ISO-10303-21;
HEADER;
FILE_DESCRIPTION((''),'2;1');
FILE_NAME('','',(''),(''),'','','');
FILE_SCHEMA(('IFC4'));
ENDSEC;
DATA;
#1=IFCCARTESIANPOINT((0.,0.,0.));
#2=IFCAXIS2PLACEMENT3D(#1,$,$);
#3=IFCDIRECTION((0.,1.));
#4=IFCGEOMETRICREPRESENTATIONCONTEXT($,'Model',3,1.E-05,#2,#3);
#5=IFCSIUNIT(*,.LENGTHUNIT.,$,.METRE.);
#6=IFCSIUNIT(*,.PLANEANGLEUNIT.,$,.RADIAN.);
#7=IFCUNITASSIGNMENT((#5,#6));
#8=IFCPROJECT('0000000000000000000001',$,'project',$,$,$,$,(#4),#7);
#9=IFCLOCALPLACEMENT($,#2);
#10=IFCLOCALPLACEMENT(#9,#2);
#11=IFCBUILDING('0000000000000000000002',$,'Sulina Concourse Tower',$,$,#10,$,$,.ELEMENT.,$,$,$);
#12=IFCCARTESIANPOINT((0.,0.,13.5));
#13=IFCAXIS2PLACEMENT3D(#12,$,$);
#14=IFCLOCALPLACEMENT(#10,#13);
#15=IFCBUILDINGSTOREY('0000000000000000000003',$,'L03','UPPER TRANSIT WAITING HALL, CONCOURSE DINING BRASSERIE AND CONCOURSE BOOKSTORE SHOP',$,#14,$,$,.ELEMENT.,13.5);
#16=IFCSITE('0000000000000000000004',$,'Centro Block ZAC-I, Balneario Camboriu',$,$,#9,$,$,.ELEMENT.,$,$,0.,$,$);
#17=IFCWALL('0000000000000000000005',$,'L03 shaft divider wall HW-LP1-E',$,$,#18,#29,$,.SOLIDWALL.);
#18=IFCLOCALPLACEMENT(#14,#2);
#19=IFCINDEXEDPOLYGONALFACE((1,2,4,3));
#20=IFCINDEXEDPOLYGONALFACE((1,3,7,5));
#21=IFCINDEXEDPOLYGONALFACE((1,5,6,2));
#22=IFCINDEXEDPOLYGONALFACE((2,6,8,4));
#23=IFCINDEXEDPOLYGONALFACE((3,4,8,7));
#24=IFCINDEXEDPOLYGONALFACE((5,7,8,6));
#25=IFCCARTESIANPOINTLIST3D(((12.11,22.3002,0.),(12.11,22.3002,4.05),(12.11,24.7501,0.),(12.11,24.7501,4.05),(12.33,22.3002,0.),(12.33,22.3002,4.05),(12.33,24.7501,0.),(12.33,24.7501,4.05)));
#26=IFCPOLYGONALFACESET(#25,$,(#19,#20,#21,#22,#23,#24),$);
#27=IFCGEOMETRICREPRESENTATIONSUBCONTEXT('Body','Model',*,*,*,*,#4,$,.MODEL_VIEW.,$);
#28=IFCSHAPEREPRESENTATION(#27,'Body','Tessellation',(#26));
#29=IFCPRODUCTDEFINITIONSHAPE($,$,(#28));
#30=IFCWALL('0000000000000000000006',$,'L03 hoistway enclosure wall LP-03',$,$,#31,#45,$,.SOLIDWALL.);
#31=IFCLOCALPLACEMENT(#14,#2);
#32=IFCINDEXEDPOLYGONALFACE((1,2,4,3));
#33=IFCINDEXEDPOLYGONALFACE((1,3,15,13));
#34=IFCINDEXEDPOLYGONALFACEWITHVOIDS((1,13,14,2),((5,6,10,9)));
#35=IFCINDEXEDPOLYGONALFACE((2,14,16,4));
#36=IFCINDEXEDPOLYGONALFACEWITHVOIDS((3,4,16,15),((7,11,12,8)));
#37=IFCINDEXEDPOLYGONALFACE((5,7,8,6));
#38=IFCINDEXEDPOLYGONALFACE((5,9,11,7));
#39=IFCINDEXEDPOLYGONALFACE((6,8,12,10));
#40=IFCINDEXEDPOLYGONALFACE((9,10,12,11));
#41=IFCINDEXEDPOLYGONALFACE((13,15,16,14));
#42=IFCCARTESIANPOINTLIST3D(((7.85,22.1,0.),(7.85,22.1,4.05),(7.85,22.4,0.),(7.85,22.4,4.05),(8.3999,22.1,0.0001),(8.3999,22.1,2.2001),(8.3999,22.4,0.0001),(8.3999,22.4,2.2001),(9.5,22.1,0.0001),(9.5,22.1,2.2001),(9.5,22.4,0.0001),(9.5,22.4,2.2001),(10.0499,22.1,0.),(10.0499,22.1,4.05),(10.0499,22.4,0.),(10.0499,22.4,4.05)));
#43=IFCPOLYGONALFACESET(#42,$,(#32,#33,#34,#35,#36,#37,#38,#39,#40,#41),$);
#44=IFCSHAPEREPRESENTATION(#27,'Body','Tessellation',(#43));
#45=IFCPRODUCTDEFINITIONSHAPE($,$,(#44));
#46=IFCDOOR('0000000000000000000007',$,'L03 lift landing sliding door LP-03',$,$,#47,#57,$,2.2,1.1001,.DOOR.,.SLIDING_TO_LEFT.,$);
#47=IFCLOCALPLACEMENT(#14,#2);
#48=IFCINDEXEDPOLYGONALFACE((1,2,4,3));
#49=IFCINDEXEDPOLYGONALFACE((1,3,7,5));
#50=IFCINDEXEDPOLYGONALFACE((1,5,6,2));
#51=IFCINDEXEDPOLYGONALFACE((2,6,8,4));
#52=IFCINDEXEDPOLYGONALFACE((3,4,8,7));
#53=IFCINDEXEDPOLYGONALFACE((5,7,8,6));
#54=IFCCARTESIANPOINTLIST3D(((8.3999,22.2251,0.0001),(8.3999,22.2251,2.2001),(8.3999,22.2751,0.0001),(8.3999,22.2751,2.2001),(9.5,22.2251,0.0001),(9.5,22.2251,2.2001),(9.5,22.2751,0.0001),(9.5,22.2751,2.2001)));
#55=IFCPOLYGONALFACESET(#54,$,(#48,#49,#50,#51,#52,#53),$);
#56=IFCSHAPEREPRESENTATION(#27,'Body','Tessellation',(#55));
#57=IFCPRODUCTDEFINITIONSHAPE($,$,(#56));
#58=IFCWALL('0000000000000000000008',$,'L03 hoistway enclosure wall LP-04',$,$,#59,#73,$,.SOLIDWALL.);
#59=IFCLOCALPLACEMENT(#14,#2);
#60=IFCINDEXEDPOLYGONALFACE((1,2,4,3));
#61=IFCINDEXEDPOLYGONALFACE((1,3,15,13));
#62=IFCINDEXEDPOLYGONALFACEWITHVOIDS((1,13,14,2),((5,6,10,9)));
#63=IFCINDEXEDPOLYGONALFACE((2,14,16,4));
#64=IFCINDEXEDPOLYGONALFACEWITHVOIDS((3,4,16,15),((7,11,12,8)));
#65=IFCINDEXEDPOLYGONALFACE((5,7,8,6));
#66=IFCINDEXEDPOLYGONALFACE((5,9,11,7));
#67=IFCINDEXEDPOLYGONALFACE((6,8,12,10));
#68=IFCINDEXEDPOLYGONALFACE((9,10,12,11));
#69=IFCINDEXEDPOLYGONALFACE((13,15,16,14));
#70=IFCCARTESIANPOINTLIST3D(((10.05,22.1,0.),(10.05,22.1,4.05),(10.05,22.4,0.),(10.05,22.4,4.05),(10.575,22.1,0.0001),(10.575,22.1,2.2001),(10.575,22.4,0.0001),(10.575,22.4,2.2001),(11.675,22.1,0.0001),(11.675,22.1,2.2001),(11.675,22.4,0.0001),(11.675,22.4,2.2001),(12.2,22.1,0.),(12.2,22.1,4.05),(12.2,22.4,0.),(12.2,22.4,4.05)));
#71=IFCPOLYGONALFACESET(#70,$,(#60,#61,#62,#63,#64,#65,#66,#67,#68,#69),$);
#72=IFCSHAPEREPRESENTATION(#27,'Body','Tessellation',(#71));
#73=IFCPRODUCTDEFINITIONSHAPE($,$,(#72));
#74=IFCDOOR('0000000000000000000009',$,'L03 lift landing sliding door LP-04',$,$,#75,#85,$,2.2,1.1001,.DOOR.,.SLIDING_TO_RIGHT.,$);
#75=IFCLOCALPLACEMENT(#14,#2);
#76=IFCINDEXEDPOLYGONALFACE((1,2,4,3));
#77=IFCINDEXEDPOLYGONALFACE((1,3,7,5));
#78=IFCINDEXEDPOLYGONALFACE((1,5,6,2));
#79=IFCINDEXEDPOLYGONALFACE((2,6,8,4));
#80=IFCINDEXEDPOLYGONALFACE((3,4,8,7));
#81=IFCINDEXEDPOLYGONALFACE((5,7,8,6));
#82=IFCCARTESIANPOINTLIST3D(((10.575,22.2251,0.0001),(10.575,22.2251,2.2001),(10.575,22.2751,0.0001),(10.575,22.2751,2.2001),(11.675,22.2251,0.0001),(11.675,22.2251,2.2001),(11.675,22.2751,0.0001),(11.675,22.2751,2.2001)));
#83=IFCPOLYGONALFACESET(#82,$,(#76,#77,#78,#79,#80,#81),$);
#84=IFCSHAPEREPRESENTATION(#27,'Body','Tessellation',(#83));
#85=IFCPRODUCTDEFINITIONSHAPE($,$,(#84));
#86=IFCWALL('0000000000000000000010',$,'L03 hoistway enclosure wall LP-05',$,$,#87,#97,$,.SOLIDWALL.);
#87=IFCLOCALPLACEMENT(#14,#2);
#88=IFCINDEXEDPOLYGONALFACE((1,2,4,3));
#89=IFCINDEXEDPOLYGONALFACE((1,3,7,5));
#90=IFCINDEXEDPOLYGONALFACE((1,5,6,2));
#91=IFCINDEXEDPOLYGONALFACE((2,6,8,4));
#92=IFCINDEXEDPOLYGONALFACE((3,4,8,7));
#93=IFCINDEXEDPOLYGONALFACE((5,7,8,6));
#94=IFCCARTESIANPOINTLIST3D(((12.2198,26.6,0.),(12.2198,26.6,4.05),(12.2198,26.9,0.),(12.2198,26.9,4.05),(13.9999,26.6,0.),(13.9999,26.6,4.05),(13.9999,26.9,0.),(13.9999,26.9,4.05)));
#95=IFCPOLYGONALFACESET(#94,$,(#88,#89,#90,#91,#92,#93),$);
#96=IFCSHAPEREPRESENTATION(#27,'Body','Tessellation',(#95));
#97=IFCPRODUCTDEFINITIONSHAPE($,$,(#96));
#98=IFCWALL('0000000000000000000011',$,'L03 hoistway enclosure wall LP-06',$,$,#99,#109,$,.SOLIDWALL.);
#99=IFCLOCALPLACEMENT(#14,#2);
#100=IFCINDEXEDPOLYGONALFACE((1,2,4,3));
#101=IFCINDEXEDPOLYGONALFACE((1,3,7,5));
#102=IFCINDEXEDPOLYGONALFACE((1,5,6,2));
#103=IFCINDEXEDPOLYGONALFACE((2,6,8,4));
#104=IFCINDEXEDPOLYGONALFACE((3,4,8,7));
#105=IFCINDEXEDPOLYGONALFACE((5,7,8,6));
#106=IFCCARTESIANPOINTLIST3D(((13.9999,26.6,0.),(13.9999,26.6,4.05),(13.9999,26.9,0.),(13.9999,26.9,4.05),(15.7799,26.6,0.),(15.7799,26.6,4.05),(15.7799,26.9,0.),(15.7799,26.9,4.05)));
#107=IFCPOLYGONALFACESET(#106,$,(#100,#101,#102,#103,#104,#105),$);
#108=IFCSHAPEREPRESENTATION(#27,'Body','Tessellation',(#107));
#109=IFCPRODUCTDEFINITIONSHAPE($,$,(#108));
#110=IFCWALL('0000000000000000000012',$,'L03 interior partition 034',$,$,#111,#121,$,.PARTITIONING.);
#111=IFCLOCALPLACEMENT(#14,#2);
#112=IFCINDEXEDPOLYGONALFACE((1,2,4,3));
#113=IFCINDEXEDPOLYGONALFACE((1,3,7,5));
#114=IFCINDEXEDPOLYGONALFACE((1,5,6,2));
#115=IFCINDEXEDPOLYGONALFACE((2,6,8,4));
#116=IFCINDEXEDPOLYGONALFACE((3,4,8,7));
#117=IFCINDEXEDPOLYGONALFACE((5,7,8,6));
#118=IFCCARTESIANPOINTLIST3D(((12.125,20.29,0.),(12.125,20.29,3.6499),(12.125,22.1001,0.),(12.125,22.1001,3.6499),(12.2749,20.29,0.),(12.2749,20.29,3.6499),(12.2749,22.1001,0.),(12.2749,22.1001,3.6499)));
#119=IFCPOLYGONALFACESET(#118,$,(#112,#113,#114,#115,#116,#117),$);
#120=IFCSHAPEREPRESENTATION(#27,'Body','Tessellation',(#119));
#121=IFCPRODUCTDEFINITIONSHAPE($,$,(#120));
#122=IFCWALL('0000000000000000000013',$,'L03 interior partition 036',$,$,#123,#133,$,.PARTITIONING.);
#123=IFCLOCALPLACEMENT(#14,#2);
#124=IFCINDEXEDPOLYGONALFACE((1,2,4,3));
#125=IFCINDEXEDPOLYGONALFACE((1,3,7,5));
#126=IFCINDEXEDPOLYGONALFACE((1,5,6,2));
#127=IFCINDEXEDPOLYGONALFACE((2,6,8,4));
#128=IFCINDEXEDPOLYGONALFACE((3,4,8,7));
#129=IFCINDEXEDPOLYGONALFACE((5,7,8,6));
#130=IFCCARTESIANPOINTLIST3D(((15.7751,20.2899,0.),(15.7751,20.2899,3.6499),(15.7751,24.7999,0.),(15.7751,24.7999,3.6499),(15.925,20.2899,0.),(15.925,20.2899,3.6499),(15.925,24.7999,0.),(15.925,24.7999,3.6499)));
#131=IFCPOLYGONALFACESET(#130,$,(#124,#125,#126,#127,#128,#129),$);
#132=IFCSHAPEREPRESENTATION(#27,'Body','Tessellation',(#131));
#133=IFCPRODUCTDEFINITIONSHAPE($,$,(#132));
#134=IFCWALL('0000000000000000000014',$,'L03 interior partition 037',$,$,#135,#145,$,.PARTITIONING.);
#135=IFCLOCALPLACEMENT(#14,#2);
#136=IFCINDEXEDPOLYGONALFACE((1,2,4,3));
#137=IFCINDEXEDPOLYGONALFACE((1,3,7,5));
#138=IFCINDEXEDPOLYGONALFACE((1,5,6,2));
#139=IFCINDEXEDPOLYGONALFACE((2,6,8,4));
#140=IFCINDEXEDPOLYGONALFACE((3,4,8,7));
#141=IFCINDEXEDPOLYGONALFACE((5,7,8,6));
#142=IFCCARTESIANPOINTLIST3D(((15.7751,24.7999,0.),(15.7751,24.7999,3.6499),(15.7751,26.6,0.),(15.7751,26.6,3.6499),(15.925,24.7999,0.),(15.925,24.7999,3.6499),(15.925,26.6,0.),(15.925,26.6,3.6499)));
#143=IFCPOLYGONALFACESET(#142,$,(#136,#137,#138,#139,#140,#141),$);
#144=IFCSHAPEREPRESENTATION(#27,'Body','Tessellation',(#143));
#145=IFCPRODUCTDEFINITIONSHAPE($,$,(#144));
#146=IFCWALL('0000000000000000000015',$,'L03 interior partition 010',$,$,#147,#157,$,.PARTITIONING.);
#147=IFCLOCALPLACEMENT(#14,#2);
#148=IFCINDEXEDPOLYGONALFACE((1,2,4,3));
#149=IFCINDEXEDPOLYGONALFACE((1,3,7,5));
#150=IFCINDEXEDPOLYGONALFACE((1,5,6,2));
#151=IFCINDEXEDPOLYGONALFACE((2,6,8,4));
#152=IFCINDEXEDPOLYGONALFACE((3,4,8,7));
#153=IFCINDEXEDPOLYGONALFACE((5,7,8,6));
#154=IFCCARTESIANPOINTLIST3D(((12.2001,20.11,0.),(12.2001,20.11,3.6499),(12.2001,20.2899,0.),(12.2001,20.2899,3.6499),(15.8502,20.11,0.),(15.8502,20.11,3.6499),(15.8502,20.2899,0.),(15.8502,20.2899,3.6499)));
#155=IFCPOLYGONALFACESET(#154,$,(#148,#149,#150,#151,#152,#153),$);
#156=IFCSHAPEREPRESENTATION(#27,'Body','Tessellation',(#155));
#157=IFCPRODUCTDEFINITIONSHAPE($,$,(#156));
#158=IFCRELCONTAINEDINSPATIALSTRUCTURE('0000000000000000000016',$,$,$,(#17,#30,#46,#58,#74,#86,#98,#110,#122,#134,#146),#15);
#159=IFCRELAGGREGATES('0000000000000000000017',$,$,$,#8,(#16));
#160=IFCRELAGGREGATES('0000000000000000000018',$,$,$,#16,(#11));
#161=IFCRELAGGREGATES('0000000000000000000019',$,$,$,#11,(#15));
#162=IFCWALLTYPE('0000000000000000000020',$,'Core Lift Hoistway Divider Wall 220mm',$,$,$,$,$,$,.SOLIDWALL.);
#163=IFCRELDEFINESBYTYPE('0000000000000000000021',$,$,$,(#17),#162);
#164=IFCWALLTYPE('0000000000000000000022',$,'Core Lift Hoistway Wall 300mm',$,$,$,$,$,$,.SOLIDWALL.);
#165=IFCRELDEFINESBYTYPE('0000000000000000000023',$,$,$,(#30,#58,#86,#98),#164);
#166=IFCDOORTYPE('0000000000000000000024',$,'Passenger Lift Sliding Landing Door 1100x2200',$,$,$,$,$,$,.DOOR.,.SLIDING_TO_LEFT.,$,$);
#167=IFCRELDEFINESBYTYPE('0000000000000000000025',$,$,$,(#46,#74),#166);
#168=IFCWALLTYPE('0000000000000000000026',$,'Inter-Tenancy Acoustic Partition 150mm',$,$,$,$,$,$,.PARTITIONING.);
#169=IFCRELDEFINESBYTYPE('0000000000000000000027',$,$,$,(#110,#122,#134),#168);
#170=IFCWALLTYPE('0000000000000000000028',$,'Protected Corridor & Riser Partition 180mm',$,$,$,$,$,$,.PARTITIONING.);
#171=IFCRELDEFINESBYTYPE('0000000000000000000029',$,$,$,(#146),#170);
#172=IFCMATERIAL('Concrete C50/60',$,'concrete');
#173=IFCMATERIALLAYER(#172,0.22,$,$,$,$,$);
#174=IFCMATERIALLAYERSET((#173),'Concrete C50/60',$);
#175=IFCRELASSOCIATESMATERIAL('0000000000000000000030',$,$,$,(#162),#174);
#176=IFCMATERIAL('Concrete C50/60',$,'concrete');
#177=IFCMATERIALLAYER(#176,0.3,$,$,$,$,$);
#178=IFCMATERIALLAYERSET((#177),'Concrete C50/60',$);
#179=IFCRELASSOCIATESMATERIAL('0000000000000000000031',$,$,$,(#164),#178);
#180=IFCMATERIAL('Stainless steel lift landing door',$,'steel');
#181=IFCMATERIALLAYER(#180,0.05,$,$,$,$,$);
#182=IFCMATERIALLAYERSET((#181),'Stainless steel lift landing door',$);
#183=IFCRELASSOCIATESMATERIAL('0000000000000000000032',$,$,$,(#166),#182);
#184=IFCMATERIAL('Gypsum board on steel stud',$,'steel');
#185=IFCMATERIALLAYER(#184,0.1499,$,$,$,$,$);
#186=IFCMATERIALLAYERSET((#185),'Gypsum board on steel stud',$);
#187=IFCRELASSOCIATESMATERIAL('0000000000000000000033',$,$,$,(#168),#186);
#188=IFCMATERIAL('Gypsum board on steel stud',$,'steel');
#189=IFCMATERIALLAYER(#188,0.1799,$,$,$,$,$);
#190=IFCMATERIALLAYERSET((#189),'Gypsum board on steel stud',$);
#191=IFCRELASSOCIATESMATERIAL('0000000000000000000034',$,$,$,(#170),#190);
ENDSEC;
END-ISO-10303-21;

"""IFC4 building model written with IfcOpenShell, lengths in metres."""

from ifc_helpers import new_model, si_unit, direction, frame, frame_2d, origin, place, context, subcontext, project, spatial, rectangle, extrude, material, layer, layer_set, type_object, element, fill, save


model = new_model("IFC4")

# Units and contexts
model_context = context("Model", 3, precision=1e-05, world=origin(), true_north=direction((0.0, 1.0)))
body_context = subcontext(model_context, "Body", "Model", "MODEL_VIEW")
ifc_project = project(units=[si_unit("LENGTHUNIT", "METRE"), si_unit("PLANEANGLEUNIT", "RADIAN")], contexts=[model_context])

# Site, building, storey
site_placement = place(None, origin())
site = spatial("IfcSite", under=ifc_project, at=site_placement, Name="Centro Block ZAC-I, Balneario Camboriu", CompositionType="ELEMENT", RefElevation=0.0)
building_placement = place(site_placement, origin())
building = spatial("IfcBuilding", under=site, at=building_placement, Name="Sulina Concourse Tower", CompositionType="ELEMENT")
storey_placement = place(building_placement, frame((0.0, 0.0, 13.5)))
storey = spatial("IfcBuildingStorey", under=building, at=storey_placement, Name="L03", Description="UPPER TRANSIT WAITING HALL, CONCOURSE DINING BRASSERIE AND CONCOURSE BOOKSTORE SHOP", CompositionType="ELEMENT", Elevation=13.5)

# Wall
ifc_material_1 = material(Name="Concrete C50/60", Category="concrete")
ifc_layer_1 = layer(ifc_material_1, 0.22)
ifc_layer_set_1 = layer_set([ifc_layer_1], Name="Concrete C50/60")
wall_type_1 = type_object("IfcWallType", Name="Core Lift Hoistway Divider Wall 220mm", PredefinedType="SOLIDWALL", material=ifc_layer_set_1)
wall_1_placement = place(storey_placement, frame((12.22, 22.3, 0.0), z_axis=(0.0, 0.0, 1.0), x_axis=(0.0, 1.0, 0.0)))
element("IfcWall", 1, at=wall_1_placement, inside=storey, type_object=wall_type_1, Name="L03 shaft divider wall HW-LP1-E", PredefinedType="SOLIDWALL", context=body_context, shape_type="SweptSolid", body=[
    extrude(rectangle(XDim=2.45, YDim=0.22, at=frame_2d((1.2251, 0.0))), origin(), (0.0, 0.0, 1.0), 4.05),
])

# Walls, openings, doors
ifc_material_2 = material(Name="Concrete C50/60", Category="concrete")
ifc_layer_2 = layer(ifc_material_2, 0.3)
ifc_layer_set_2 = layer_set([ifc_layer_2], Name="Concrete C50/60")
wall_type_2 = type_object("IfcWallType", Name="Core Lift Hoistway Wall 300mm", PredefinedType="SOLIDWALL", material=ifc_layer_set_2)
wall_2_placement = place(storey_placement, frame((10.05, 22.25, 0.0), z_axis=(0.0, 0.0, 1.0), x_axis=(-1.0, 0.0, 0.0)))
wall_2 = element("IfcWall", 2, at=wall_2_placement, inside=storey, type_object=wall_type_2, Name="L03 hoistway enclosure wall LP-03", PredefinedType="SOLIDWALL", context=body_context, shape_type="SweptSolid", body=[
    extrude(rectangle(XDim=2.2, YDim=0.3, at=frame_2d((1.1001, 0.0))), origin(), (0.0, 0.0, 1.0), 4.05),
])
opening_1_placement = place(wall_2_placement, frame((0.55, 0.0, 0.0)))
opening_1 = element("IfcOpeningElement", 3, at=opening_1_placement, cuts=wall_2, PredefinedType="OPENING", context=body_context, shape_type="SweptSolid", body=[
    extrude(rectangle(XDim=1.1001, YDim=2.2, at=frame_2d((0.55, 1.1001))), frame((0.0, 0.1599, 0.0), z_axis=(0.0, -1.0, 0.0), x_axis=(1.0, 0.0, 0.0)), (0.0, 0.0, 1.0), 0.3201),
])
ifc_material_3 = material(Name="Stainless steel lift landing door", Category="steel")
ifc_layer_3 = layer(ifc_material_3, 0.05)
ifc_layer_set_3 = layer_set([ifc_layer_3], Name="Stainless steel lift landing door")
door_type_1 = type_object("IfcDoorType", Name="Passenger Lift Sliding Landing Door 1100x2200", OperationType="SLIDING_TO_LEFT", PredefinedType="DOOR", material=ifc_layer_set_3)
door_1_placement = place(opening_1_placement, origin())
door_1 = element("IfcDoor", 4, at=door_1_placement, inside=storey, type_object=door_type_1, Name="L03 lift landing sliding door LP-03", OperationType="SLIDING_TO_LEFT", OverallHeight=2.2, OverallWidth=1.1001, PredefinedType="DOOR", context=body_context, shape_type="SweptSolid", body=[
    extrude(rectangle(XDim=1.1001, YDim=2.2, at=frame_2d((0.55, 1.1001))), frame((0.0, 0.0249, 0.0), z_axis=(0.0, -1.0, 0.0), x_axis=(1.0, 0.0, 0.0)), (0.0, 0.0, 1.0), 0.05),
])
fill(opening_1, door_1)
wall_3_placement = place(storey_placement, frame((12.2, 22.25, 0.0), z_axis=(0.0, 0.0, 1.0), x_axis=(-1.0, 0.0, 0.0)))
wall_3 = element("IfcWall", 5, at=wall_3_placement, inside=storey, type_object=wall_type_2, Name="L03 hoistway enclosure wall LP-04", PredefinedType="SOLIDWALL", context=body_context, shape_type="SweptSolid", body=[
    extrude(rectangle(XDim=2.1499, YDim=0.3, at=frame_2d((1.075, 0.0))), origin(), (0.0, 0.0, 1.0), 4.05),
])
opening_2_placement = place(wall_3_placement, frame((0.5249, 0.0, 0.0)))
opening_2 = element("IfcOpeningElement", 6, at=opening_2_placement, cuts=wall_3, PredefinedType="OPENING", context=body_context, shape_type="SweptSolid", body=[
    extrude(rectangle(XDim=1.1001, YDim=2.2, at=frame_2d((0.55, 1.1001))), frame((0.0, 0.1599, 0.0), z_axis=(0.0, -1.0, 0.0), x_axis=(1.0, 0.0, 0.0)), (0.0, 0.0, 1.0), 0.3201),
])
door_2_placement = place(opening_2_placement, origin())
door_2 = element("IfcDoor", 7, at=door_2_placement, inside=storey, type_object=door_type_1, Name="L03 lift landing sliding door LP-04", OperationType="SLIDING_TO_RIGHT", OverallHeight=2.2, OverallWidth=1.1001, PredefinedType="DOOR", context=body_context, shape_type="SweptSolid", body=[
    extrude(rectangle(XDim=1.1001, YDim=2.2, at=frame_2d((0.55, 1.1001))), frame((0.0, 0.0249, 0.0), z_axis=(0.0, -1.0, 0.0), x_axis=(1.0, 0.0, 0.0)), (0.0, 0.0, 1.0), 0.05),
])
fill(opening_2, door_2)

# Walls
for number, where, z_axis, x_axis, name in (
    (8, (14.0, 26.75, 0.0), (0.0, 0.0, 1.0), (-1.0, 0.0, 0.0), "L03 hoistway enclosure wall LP-05"),
    (9, (15.78, 26.75, 0.0), (0.0, 0.0, 1.0), (-1.0, 0.0, 0.0), "L03 hoistway enclosure wall LP-06"),
):
    element("IfcWall", number, at=place(storey_placement, frame(where, z_axis=z_axis, x_axis=x_axis)), inside=storey, type_object=wall_type_2, Name=name, PredefinedType="SOLIDWALL", context=body_context, shape_type="SweptSolid", body=[
        extrude(rectangle(XDim=1.78, YDim=0.3, at=frame_2d((0.8901, 0.0))), origin(), (0.0, 0.0, 1.0), 4.05),
    ])
ifc_material_4 = material(Name="Gypsum board on steel stud", Category="steel")
ifc_layer_4 = layer(ifc_material_4, 0.1499)
ifc_layer_set_4 = layer_set([ifc_layer_4], Name="Gypsum board on steel stud")
wall_type_3 = type_object("IfcWallType", Name="Inter-Tenancy Acoustic Partition 150mm", PredefinedType="PARTITIONING", material=ifc_layer_set_4)
wall_4_placement = place(storey_placement, frame((12.2, 20.29, 0.0), z_axis=(0.0, 0.0, 1.0), x_axis=(0.0, 1.0, 0.0)))
element("IfcWall", 10, at=wall_4_placement, inside=storey, type_object=wall_type_3, Name="L03 interior partition 034", PredefinedType="PARTITIONING", context=body_context, shape_type="SweptSolid", body=[
    extrude(rectangle(XDim=1.8101, YDim=0.1499, at=frame_2d((0.905, 0.0))), origin(), (0.0, 0.0, 1.0), 3.6499),
])
wall_5_placement = place(storey_placement, frame((15.8501, 20.29, 0.0), z_axis=(0.0, 0.0, 1.0), x_axis=(0.0, 1.0, 0.0)))
element("IfcWall", 11, at=wall_5_placement, inside=storey, type_object=wall_type_3, Name="L03 interior partition 036", PredefinedType="PARTITIONING", context=body_context, shape_type="SweptSolid", body=[
    extrude(rectangle(XDim=4.51, YDim=0.1499, at=frame_2d((2.2549, 0.0))), origin(), (0.0, 0.0, 1.0), 3.6499),
])
wall_6_placement = place(storey_placement, frame((15.8501, 24.8, 0.0), z_axis=(0.0, 0.0, 1.0), x_axis=(0.0, 1.0, 0.0)))
element("IfcWall", 12, at=wall_6_placement, inside=storey, type_object=wall_type_3, Name="L03 interior partition 037", PredefinedType="PARTITIONING", context=body_context, shape_type="SweptSolid", body=[
    extrude(rectangle(XDim=1.8, YDim=0.1499, at=frame_2d((0.8999, 0.0))), origin(), (0.0, 0.0, 1.0), 3.6499),
])
ifc_material_5 = material(Name="Gypsum board on steel stud", Category="steel")
ifc_layer_5 = layer(ifc_material_5, 0.1799)
ifc_layer_set_5 = layer_set([ifc_layer_5], Name="Gypsum board on steel stud")
wall_type_4 = type_object("IfcWallType", Name="Protected Corridor & Riser Partition 180mm", PredefinedType="PARTITIONING", material=ifc_layer_set_5)
wall_7_placement = place(storey_placement, frame((12.2, 20.2, 0.0), z_axis=(0.0, 0.0, 1.0), x_axis=(1.0, 0.0, 0.0)))
element("IfcWall", 13, at=wall_7_placement, inside=storey, type_object=wall_type_4, Name="L03 interior partition 010", PredefinedType="PARTITIONING", context=body_context, shape_type="SweptSolid", body=[
    extrude(rectangle(XDim=3.6501, YDim=0.1799, at=frame_2d((1.8252, 0.0))), origin(), (0.0, 0.0, 1.0), 3.6499),
])

save(model, "model.ifc")
